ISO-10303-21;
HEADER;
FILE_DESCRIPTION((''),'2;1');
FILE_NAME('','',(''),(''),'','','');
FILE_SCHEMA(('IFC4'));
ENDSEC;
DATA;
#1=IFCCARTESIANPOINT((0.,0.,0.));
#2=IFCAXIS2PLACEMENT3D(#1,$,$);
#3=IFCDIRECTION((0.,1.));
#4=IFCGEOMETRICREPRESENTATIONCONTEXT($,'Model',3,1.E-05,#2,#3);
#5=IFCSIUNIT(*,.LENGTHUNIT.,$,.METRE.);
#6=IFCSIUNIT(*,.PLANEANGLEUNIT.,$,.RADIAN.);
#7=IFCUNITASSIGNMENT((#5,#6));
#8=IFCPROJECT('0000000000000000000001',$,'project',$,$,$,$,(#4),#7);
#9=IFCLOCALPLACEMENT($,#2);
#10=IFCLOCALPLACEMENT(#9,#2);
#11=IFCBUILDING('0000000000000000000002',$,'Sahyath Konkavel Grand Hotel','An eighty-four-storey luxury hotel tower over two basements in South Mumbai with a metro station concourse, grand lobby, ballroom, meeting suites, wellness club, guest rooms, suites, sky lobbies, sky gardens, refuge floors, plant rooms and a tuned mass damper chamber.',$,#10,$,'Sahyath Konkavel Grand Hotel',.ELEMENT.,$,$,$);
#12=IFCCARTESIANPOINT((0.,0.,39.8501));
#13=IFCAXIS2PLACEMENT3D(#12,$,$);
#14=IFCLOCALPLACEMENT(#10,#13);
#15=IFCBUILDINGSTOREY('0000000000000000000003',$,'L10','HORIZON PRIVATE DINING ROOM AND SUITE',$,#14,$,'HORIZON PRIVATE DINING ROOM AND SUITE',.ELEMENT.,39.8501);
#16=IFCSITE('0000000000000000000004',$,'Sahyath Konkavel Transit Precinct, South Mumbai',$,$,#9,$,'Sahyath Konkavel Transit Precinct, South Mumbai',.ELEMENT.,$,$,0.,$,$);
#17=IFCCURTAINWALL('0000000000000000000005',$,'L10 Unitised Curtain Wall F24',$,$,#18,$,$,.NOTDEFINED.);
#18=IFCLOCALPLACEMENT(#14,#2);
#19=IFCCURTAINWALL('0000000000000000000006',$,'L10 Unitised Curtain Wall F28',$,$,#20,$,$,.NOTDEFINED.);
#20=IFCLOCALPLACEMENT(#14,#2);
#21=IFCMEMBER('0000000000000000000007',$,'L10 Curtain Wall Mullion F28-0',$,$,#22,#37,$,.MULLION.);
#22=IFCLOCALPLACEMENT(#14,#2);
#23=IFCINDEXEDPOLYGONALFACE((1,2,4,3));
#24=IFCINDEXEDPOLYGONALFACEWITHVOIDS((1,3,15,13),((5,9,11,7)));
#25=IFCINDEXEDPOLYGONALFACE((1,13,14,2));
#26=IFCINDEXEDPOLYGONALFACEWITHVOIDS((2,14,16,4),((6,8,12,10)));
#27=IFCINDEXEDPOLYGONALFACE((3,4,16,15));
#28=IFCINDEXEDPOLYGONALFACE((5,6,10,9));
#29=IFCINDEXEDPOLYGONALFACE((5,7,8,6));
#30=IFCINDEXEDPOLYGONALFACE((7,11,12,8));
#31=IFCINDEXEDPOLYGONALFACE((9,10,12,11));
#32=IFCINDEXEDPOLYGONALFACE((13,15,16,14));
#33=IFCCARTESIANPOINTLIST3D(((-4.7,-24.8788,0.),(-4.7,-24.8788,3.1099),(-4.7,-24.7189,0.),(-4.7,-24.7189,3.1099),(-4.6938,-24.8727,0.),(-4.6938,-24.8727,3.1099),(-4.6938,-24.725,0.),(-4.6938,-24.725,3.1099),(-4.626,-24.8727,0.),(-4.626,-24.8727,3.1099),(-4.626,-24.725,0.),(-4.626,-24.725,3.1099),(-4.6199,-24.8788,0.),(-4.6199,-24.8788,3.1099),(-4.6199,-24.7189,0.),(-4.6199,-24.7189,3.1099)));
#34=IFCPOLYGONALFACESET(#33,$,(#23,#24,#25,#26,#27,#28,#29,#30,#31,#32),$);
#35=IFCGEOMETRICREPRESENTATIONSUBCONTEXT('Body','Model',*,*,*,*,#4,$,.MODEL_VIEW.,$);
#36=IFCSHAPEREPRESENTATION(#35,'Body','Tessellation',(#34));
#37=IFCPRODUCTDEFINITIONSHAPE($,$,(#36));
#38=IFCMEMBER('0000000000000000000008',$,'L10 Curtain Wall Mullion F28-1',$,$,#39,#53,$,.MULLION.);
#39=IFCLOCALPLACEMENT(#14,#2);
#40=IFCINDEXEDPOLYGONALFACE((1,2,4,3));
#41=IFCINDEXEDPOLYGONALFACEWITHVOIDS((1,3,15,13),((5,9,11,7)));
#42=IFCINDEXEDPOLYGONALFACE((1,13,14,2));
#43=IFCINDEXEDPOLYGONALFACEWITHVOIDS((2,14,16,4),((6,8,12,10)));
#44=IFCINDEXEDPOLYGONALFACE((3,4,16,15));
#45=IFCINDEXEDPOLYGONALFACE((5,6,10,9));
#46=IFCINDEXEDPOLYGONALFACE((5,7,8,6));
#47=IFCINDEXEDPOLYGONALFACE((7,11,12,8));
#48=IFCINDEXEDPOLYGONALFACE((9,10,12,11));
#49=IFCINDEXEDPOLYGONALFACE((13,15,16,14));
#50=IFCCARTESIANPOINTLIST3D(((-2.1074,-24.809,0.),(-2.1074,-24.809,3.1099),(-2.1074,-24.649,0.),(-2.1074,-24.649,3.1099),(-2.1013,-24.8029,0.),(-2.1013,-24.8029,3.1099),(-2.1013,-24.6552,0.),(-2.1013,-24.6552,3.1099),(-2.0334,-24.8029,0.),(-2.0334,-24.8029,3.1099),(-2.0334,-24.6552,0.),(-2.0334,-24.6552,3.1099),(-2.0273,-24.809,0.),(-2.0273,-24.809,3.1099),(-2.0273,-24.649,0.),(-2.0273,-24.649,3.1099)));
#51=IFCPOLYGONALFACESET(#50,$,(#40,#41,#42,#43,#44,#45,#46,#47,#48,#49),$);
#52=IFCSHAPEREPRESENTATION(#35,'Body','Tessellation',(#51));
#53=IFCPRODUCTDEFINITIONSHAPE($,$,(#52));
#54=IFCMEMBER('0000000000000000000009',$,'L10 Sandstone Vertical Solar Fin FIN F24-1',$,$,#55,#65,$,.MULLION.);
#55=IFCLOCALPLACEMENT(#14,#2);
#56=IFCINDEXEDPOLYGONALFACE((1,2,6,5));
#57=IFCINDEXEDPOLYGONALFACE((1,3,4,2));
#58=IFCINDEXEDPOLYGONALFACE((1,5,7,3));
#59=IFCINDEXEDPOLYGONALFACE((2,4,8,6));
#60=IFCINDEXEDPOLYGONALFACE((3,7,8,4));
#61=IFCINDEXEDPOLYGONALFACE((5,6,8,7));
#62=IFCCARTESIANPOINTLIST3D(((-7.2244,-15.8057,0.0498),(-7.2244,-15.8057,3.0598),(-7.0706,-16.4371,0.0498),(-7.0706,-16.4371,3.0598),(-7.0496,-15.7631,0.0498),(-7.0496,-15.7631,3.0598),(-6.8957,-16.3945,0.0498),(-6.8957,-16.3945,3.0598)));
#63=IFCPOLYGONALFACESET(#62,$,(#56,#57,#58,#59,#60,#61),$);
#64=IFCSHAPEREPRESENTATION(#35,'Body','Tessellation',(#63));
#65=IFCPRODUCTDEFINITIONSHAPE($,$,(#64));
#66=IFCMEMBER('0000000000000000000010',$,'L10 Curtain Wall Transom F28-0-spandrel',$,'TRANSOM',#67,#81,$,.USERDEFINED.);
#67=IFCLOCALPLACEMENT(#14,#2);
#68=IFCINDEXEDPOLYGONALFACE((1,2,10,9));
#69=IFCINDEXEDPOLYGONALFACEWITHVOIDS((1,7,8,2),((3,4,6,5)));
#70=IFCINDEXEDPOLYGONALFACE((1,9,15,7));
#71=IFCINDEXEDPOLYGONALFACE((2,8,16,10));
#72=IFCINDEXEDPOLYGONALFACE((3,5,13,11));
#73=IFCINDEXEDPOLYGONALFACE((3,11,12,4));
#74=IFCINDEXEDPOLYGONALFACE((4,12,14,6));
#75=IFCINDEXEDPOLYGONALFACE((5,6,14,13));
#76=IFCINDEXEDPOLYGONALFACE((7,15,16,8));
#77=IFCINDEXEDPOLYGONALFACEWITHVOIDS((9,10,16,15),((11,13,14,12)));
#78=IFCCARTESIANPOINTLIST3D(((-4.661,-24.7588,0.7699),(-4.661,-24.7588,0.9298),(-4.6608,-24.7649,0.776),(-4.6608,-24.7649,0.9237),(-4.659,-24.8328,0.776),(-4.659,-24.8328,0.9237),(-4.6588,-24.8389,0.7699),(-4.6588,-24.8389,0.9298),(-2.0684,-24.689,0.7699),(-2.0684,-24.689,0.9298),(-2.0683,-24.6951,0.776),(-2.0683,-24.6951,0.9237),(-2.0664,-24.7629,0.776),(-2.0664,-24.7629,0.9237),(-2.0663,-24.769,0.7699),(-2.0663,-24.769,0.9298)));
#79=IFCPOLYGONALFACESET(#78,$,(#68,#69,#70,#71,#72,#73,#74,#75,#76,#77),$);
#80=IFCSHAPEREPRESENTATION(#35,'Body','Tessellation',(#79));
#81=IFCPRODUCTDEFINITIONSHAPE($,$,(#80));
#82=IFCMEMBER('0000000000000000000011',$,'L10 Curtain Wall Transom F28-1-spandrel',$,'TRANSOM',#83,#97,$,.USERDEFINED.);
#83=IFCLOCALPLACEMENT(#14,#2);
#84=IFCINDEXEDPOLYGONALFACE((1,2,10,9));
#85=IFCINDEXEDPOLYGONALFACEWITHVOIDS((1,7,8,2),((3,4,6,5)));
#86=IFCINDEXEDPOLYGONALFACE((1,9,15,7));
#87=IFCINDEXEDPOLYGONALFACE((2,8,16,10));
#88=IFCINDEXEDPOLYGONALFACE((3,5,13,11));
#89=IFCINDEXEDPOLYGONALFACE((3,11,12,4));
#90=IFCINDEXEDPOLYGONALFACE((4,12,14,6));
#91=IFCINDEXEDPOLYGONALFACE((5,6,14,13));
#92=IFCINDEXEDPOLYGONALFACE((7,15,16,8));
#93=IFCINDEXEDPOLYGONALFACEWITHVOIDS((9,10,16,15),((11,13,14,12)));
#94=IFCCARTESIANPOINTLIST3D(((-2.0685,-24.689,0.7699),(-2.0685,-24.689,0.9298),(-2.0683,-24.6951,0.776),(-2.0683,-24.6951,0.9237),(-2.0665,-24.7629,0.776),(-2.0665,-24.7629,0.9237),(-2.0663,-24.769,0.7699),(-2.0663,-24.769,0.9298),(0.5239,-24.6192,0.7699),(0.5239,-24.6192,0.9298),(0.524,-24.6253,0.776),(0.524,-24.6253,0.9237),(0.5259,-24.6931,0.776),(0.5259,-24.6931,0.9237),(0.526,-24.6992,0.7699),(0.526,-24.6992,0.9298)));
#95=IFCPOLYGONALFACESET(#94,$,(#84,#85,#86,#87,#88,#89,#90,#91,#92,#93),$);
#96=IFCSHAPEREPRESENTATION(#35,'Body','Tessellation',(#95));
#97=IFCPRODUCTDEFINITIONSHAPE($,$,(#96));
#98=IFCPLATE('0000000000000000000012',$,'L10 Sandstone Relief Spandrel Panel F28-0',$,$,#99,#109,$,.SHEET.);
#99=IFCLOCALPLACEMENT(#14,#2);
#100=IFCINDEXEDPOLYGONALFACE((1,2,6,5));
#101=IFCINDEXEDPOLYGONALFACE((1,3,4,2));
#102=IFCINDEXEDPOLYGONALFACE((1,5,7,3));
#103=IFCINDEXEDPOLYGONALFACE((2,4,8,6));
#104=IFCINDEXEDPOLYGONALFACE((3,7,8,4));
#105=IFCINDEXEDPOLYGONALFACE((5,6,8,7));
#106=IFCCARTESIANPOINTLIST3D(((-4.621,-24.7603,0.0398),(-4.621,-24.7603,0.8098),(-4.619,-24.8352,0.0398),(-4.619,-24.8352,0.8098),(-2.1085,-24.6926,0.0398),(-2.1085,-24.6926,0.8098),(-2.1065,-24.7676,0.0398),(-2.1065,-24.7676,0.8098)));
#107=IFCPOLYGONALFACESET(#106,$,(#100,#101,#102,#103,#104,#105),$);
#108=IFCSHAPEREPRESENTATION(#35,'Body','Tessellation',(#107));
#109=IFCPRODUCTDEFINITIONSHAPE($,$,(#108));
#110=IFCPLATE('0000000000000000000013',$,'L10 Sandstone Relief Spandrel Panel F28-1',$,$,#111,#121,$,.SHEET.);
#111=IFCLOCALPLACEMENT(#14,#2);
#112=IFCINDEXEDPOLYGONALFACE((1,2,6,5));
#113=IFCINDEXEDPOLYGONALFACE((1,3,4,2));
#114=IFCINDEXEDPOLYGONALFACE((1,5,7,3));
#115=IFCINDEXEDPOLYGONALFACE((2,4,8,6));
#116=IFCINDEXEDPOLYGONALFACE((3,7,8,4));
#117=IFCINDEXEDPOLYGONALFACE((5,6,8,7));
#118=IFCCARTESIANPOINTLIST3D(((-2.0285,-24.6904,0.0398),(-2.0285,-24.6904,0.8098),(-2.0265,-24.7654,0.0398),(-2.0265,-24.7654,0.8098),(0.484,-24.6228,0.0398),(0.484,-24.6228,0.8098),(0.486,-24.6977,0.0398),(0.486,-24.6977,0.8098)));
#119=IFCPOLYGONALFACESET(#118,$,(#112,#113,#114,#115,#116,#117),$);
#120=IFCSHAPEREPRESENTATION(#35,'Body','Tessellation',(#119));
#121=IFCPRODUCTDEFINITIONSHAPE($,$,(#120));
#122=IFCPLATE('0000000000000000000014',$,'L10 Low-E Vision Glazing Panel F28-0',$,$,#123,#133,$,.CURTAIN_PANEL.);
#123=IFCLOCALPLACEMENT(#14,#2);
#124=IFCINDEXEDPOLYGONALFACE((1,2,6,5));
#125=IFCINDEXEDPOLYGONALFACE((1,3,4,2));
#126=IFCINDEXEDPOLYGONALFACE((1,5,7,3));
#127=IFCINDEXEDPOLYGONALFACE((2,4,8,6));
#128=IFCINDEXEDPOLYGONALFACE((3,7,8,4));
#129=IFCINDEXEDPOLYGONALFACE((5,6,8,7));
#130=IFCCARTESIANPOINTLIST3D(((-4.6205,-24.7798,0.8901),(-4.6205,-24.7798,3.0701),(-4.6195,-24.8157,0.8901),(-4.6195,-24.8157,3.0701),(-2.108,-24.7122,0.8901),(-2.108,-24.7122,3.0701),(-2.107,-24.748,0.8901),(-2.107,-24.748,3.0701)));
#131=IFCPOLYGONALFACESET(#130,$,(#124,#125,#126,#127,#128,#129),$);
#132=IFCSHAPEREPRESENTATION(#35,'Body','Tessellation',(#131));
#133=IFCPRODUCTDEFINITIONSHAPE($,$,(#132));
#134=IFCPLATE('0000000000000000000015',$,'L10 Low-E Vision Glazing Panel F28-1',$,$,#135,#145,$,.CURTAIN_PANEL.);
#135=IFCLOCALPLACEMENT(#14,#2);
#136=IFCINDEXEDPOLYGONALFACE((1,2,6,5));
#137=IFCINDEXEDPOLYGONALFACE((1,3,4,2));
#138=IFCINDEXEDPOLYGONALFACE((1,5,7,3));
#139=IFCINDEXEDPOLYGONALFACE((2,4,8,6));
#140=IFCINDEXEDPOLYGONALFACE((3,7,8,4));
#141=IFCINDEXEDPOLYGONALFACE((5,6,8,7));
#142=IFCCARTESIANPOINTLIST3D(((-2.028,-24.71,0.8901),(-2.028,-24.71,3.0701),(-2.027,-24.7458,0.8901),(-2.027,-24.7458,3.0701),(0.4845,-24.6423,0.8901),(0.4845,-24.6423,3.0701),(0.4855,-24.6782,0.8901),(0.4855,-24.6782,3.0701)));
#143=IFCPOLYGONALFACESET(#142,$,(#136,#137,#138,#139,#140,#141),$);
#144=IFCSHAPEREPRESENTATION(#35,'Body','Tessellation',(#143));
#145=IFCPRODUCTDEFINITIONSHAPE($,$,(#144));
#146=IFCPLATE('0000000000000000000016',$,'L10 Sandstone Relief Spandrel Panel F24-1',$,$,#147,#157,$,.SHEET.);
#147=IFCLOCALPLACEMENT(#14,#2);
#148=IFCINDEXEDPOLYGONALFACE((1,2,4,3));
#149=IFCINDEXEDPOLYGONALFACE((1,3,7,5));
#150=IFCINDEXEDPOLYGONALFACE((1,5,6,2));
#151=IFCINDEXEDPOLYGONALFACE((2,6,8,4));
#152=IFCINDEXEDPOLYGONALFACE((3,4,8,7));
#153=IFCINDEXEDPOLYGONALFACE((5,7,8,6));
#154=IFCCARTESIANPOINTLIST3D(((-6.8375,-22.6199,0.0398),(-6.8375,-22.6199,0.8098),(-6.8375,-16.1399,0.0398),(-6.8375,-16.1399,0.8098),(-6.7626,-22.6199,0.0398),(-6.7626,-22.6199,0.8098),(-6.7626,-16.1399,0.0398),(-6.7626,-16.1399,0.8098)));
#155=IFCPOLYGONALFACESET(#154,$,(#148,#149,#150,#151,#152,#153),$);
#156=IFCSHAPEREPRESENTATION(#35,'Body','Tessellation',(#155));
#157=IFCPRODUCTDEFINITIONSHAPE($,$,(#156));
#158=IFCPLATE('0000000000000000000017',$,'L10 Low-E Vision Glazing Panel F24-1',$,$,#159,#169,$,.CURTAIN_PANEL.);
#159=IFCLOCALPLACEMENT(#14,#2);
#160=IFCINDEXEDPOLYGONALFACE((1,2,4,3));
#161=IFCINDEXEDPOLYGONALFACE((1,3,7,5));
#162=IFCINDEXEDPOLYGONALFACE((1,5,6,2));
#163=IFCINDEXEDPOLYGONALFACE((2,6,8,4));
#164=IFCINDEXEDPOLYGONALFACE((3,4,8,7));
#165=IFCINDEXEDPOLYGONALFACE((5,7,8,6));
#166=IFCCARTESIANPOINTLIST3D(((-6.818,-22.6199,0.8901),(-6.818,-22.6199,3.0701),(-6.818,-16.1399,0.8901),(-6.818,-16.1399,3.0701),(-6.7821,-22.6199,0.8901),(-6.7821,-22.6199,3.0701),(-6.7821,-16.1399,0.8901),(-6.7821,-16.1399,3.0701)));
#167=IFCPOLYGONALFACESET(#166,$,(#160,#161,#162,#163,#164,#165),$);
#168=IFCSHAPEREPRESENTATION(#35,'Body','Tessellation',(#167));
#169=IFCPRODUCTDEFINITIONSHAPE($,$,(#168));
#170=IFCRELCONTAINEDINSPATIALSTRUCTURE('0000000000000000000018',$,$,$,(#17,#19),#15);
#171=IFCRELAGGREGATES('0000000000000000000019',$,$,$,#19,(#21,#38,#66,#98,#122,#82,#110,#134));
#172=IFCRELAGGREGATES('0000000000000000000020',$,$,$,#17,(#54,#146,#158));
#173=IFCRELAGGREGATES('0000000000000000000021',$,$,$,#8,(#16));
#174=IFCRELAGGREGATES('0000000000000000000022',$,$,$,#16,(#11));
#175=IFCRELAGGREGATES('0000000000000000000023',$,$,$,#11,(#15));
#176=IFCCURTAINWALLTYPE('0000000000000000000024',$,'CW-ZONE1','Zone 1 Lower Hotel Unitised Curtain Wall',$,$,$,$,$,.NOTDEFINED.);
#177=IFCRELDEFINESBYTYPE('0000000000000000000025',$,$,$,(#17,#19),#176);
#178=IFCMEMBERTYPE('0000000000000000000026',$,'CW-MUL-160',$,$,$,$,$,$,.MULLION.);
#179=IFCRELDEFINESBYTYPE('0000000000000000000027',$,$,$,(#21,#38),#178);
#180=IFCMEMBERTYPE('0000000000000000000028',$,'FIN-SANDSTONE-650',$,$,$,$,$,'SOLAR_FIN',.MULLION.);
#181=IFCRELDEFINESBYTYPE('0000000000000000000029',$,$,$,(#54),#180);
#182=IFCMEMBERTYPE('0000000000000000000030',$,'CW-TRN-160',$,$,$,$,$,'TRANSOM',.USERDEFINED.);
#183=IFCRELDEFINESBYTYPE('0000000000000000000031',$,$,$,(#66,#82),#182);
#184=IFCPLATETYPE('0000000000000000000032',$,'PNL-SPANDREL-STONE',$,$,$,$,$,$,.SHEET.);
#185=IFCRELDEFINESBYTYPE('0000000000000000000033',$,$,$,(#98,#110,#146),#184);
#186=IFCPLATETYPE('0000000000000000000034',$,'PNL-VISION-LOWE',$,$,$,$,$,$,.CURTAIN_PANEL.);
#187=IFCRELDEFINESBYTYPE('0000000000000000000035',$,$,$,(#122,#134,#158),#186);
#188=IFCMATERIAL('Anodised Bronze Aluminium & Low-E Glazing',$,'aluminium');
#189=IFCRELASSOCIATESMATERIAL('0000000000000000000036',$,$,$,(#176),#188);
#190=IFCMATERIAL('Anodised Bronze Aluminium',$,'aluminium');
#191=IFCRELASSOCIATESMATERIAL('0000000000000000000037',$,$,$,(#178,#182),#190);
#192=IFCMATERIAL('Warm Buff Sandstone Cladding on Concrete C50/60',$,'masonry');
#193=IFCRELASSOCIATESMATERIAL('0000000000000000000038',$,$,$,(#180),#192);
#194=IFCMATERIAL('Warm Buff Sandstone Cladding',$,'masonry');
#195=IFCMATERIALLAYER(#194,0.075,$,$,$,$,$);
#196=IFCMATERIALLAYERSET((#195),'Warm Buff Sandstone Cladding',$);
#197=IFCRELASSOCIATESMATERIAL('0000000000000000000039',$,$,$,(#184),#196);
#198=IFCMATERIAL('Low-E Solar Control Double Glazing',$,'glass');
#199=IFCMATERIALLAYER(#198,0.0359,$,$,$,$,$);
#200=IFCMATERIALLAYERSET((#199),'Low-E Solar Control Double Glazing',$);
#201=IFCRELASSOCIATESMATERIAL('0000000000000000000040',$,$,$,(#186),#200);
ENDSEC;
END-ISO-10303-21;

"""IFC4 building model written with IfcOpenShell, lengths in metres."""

from ifc_helpers import new_model, si_unit, direction, frame, origin, origin_2d, place, context, subcontext, project, spatial, rectangle, hollow_rectangle, extrude, source, transform, mapped, material, layer, layer_set, material_profile, profile_set, type_object, element, aggregate, save


model = new_model("IFC4")

# Units and contexts
model_context = context("Model", 3, precision=1e-05, world=origin(), true_north=direction((0.0, 1.0)))
body_context = subcontext(model_context, "Body", "Model", "MODEL_VIEW")
ifc_project = project(units=[si_unit("LENGTHUNIT", "METRE"), si_unit("PLANEANGLEUNIT", "RADIAN")], contexts=[model_context])

# Site, building, storey
site_placement = place(None, origin())
site = spatial("IfcSite", under=ifc_project, at=site_placement, Name="Sahyath Konkavel Transit Precinct, South Mumbai", LongName="Sahyath Konkavel Transit Precinct, South Mumbai", CompositionType="ELEMENT", RefElevation=0.0)
building_placement = place(site_placement, origin())
building = spatial("IfcBuilding", under=site, at=building_placement, Name="Sahyath Konkavel Grand Hotel", Description="An eighty-four-storey luxury hotel tower over two basements in South Mumbai with a metro station concourse, grand lobby, ballroom, meeting suites, wellness club, guest rooms, suites, sky lobbies, sky gardens, refuge floors, plant rooms and a tuned mass damper chamber.", LongName="Sahyath Konkavel Grand Hotel", CompositionType="ELEMENT")
storey_placement = place(building_placement, frame((0.0, 0.0, 39.8501)))
storey = spatial("IfcBuildingStorey", under=building, at=storey_placement, Name="L10", Description="HORIZON PRIVATE DINING ROOM AND SUITE", LongName="HORIZON PRIVATE DINING ROOM AND SUITE", CompositionType="ELEMENT", Elevation=39.8501)

# Curtain wall
ifc_material_1 = material(Name="Anodised Bronze Aluminium & Low-E Glazing", Category="aluminium")
curtain_wall_type = type_object("IfcCurtainWallType", Name="CW-ZONE1", Description="Zone 1 Lower Hotel Unitised Curtain Wall", PredefinedType="NOTDEFINED", material=ifc_material_1)
curtain_wall_1_placement = place(storey_placement, origin())
curtain_wall_1 = element("IfcCurtainWall", 1, at=curtain_wall_1_placement, inside=storey, type_object=curtain_wall_type, Name="L10 Unitised Curtain Wall F24", PredefinedType="NOTDEFINED")
ifc_material_2 = material(Name="Anodised Bronze Aluminium", Category="aluminium")
ifc_material_profile_1 = material_profile(ifc_material_2, hollow_rectangle(XDim=0.0801, YDim=0.1599, WallThickness=0.0061, at=origin_2d()), Name="RHS 160x80x6")
ifc_profile_set_1 = profile_set([ifc_material_profile_1], Name="Anodised Bronze Aluminium")
member_type_1 = type_object("IfcMemberType", Name="CW-MUL-160", PredefinedType="MULLION", material=ifc_profile_set_1)
shared_shape_1 = source(origin(), body_context, "Body", "SweptSolid", [
    extrude(hollow_rectangle(XDim=0.0801, YDim=0.1599, WallThickness=0.0061, at=origin_2d()), origin(), (0.0, 0.0, 1.0), 3.1099),
])

# Curtain wall, members
curtain_wall_2_placement = place(storey_placement, origin())
curtain_wall_2 = element("IfcCurtainWall", 2, at=curtain_wall_2_placement, inside=storey, type_object=curtain_wall_type, Name="L10 Unitised Curtain Wall F28", PredefinedType="NOTDEFINED")
member_1_placement = place(storey_placement, frame((-4.6599, -24.7988, 0.0), z_axis=(0.0, 0.0, 1.0), x_axis=(1.0, 0.0, 0.0)))
member_1 = element("IfcMember", 3, at=member_1_placement, type_object=member_type_1, Name="L10 Curtain Wall Mullion F28-0", PredefinedType="MULLION", context=body_context, shape_type="MappedRepresentation", body=[
    mapped(shared_shape_1, transform((0.0, 0.0, 0.0), scale=1.0)),
])
member_2_placement = place(storey_placement, frame((-2.0674, -24.729, 0.0), z_axis=(0.0, 0.0, 1.0), x_axis=(1.0, 0.0, 0.0)))
member_2 = element("IfcMember", 4, at=member_2_placement, type_object=member_type_1, Name="L10 Curtain Wall Mullion F28-1", PredefinedType="MULLION", context=body_context, shape_type="MappedRepresentation", body=[
    mapped(shared_shape_1, transform((0.0, 0.0, 0.0), scale=1.0)),
])

# Members
ifc_material_3 = material(Name="Warm Buff Sandstone Cladding on Concrete C50/60", Category="masonry")
ifc_material_profile_2 = material_profile(ifc_material_3, rectangle(XDim=0.1799, YDim=0.6499, at=origin_2d()), Name="FIN 180x650")
ifc_profile_set_2 = profile_set([ifc_material_profile_2], Name="Warm Buff Sandstone Cladding on Concrete C50/60")
member_type_2 = type_object("IfcMemberType", Name="FIN-SANDSTONE-650", ElementType="SOLAR_FIN", PredefinedType="MULLION", material=ifc_profile_set_2)
shared_shape_2 = source(origin(), body_context, "Body", "SweptSolid", [
    extrude(rectangle(XDim=0.1799, YDim=0.6499, at=origin_2d()), origin(), (0.0, 0.0, 1.0), 3.01),
])
member_3_placement = place(storey_placement, frame((-7.0601, -16.1001, 0.0498), z_axis=(0.0, 0.0, 1.0), x_axis=(0.97159, 0.236669, 0.0)))
member_3 = element("IfcMember", 5, at=member_3_placement, type_object=member_type_2, Name="L10 Sandstone Vertical Solar Fin FIN F24-1", PredefinedType="MULLION", context=body_context, shape_type="MappedRepresentation", body=[
    mapped(shared_shape_2, transform((0.0, 0.0, 0.0), scale=1.0)),
])
ifc_material_profile_3 = material_profile(ifc_material_2, hollow_rectangle(XDim=0.0801, YDim=0.1599, WallThickness=0.0061, at=origin_2d()), Name="RHS 160x80x6")
ifc_profile_set_3 = profile_set([ifc_material_profile_3], Name="Anodised Bronze Aluminium")
member_type_3 = type_object("IfcMemberType", Name="CW-TRN-160", ElementType="TRANSOM", PredefinedType="USERDEFINED", material=ifc_profile_set_3)
shared_shape_3 = source(origin(), body_context, "Body", "SweptSolid", [
    extrude(hollow_rectangle(XDim=0.0801, YDim=0.1599, WallThickness=0.0061, at=origin_2d()), origin(), (0.0, 0.0, 1.0), 2.5935),
])
member_4_placement = place(storey_placement, frame((-4.6599, -24.7988, 0.8499), z_axis=(0.999638, 0.026923, 0.0), x_axis=(-0.026923, 0.999638, 0.0)))
member_4 = element("IfcMember", 6, at=member_4_placement, type_object=member_type_3, Name="L10 Curtain Wall Transom F28-0-spandrel", ObjectType="TRANSOM", PredefinedType="USERDEFINED", context=body_context, shape_type="MappedRepresentation", body=[
    mapped(shared_shape_3, transform((0.0, 0.0, 0.0), scale=1.0)),
])
shared_shape_4 = source(origin(), body_context, "Body", "SweptSolid", [
    extrude(hollow_rectangle(XDim=0.0801, YDim=0.1599, WallThickness=0.0061, at=origin_2d()), origin(), (0.0, 0.0, 1.0), 2.5933),
])
member_5_placement = place(storey_placement, frame((-2.0674, -24.729, 0.8499), z_axis=(0.999637, 0.026926, 0.0), x_axis=(-0.026926, 0.999637, 0.0)))
member_5 = element("IfcMember", 7, at=member_5_placement, type_object=member_type_3, Name="L10 Curtain Wall Transom F28-1-spandrel", ObjectType="TRANSOM", PredefinedType="USERDEFINED", context=body_context, shape_type="MappedRepresentation", body=[
    mapped(shared_shape_4, transform((0.0, 0.0, 0.0), scale=1.0)),
])

# Plates
ifc_material_4 = material(Name="Warm Buff Sandstone Cladding", Category="masonry")
ifc_layer_1 = layer(ifc_material_4, 0.075)
ifc_layer_set_1 = layer_set([ifc_layer_1], Name="Warm Buff Sandstone Cladding")
plate_type_1 = type_object("IfcPlateType", Name="PNL-SPANDREL-STONE", PredefinedType="SHEET", material=ifc_layer_set_1)
shared_shape_5 = source(origin(), body_context, "Body", "SweptSolid", [
    extrude(rectangle(XDim=2.5134, YDim=0.075, at=origin_2d()), origin(), (0.0, 0.0, 1.0), 0.77),
])
plate_1_placement = place(storey_placement, frame((-3.3638, -24.7639, 0.0398), z_axis=(0.0, 0.0, 1.0), x_axis=(0.999638, 0.02691, 0.0)))
plate_1 = element("IfcPlate", 8, at=plate_1_placement, type_object=plate_type_1, Name="L10 Sandstone Relief Spandrel Panel F28-0", PredefinedType="SHEET", context=body_context, shape_type="MappedRepresentation", body=[
    mapped(shared_shape_5, transform((0.0, 0.0, 0.0), scale=1.0)),
])
plate_2_placement = place(storey_placement, frame((-0.7712, -24.6941, 0.0398), z_axis=(0.0, 0.0, 1.0), x_axis=(0.999638, 0.02691, 0.0)))
plate_2 = element("IfcPlate", 9, at=plate_2_placement, type_object=plate_type_1, Name="L10 Sandstone Relief Spandrel Panel F28-1", PredefinedType="SHEET", context=body_context, shape_type="MappedRepresentation", body=[
    mapped(shared_shape_5, transform((0.0, 0.0, 0.0), scale=1.0)),
])
ifc_material_5 = material(Name="Low-E Solar Control Double Glazing", Category="glass")
ifc_layer_2 = layer(ifc_material_5, 0.0359)
ifc_layer_set_2 = layer_set([ifc_layer_2], Name="Low-E Solar Control Double Glazing")
plate_type_2 = type_object("IfcPlateType", Name="PNL-VISION-LOWE", PredefinedType="CURTAIN_PANEL", material=ifc_layer_set_2)
shared_shape_6 = source(origin(), body_context, "Body", "SweptSolid", [
    extrude(rectangle(XDim=2.5134, YDim=0.0359, at=origin_2d()), origin(), (0.0, 0.0, 1.0), 2.1799),
])
plate_3_placement = place(storey_placement, frame((-3.3638, -24.7639, 0.8901), z_axis=(0.0, 0.0, 1.0), x_axis=(0.999638, 0.02691, 0.0)))
plate_3 = element("IfcPlate", 10, at=plate_3_placement, type_object=plate_type_2, Name="L10 Low-E Vision Glazing Panel F28-0", PredefinedType="CURTAIN_PANEL", context=body_context, shape_type="MappedRepresentation", body=[
    mapped(shared_shape_6, transform((0.0, 0.0, 0.0), scale=1.0)),
])
plate_4_placement = place(storey_placement, frame((-0.7712, -24.6941, 0.8901), z_axis=(0.0, 0.0, 1.0), x_axis=(0.999638, 0.02691, 0.0)))
plate_4 = element("IfcPlate", 11, at=plate_4_placement, type_object=plate_type_2, Name="L10 Low-E Vision Glazing Panel F28-1", PredefinedType="CURTAIN_PANEL", context=body_context, shape_type="MappedRepresentation", body=[
    mapped(shared_shape_6, transform((0.0, 0.0, 0.0), scale=1.0)),
])
aggregate(curtain_wall_2, [member_1, member_2, member_4, plate_1, plate_3, member_5, plate_2, plate_4])
shared_shape_7 = source(origin(), body_context, "Body", "SweptSolid", [
    extrude(rectangle(XDim=6.48, YDim=0.075, at=origin_2d()), origin(), (0.0, 0.0, 1.0), 0.77),
])
plate_5_placement = place(storey_placement, frame((-6.8, -19.3799, 0.0398), z_axis=(0.0, 0.0, 1.0), x_axis=(0.0, -1.0, 0.0)))
plate_5 = element("IfcPlate", 12, at=plate_5_placement, type_object=plate_type_1, Name="L10 Sandstone Relief Spandrel Panel F24-1", PredefinedType="SHEET", context=body_context, shape_type="MappedRepresentation", body=[
    mapped(shared_shape_7, transform((0.0, 0.0, 0.0), scale=1.0)),
])
shared_shape_8 = source(origin(), body_context, "Body", "SweptSolid", [
    extrude(rectangle(XDim=6.48, YDim=0.0359, at=origin_2d()), origin(), (0.0, 0.0, 1.0), 2.1799),
])
plate_6_placement = place(storey_placement, frame((-6.8, -19.3799, 0.8901), z_axis=(0.0, 0.0, 1.0), x_axis=(0.0, -1.0, 0.0)))
plate_6 = element("IfcPlate", 13, at=plate_6_placement, type_object=plate_type_2, Name="L10 Low-E Vision Glazing Panel F24-1", PredefinedType="CURTAIN_PANEL", context=body_context, shape_type="MappedRepresentation", body=[
    mapped(shared_shape_8, transform((0.0, 0.0, 0.0), scale=1.0)),
])
aggregate(curtain_wall_1, [member_3, plate_5, plate_6])

save(model, "model.ifc")
